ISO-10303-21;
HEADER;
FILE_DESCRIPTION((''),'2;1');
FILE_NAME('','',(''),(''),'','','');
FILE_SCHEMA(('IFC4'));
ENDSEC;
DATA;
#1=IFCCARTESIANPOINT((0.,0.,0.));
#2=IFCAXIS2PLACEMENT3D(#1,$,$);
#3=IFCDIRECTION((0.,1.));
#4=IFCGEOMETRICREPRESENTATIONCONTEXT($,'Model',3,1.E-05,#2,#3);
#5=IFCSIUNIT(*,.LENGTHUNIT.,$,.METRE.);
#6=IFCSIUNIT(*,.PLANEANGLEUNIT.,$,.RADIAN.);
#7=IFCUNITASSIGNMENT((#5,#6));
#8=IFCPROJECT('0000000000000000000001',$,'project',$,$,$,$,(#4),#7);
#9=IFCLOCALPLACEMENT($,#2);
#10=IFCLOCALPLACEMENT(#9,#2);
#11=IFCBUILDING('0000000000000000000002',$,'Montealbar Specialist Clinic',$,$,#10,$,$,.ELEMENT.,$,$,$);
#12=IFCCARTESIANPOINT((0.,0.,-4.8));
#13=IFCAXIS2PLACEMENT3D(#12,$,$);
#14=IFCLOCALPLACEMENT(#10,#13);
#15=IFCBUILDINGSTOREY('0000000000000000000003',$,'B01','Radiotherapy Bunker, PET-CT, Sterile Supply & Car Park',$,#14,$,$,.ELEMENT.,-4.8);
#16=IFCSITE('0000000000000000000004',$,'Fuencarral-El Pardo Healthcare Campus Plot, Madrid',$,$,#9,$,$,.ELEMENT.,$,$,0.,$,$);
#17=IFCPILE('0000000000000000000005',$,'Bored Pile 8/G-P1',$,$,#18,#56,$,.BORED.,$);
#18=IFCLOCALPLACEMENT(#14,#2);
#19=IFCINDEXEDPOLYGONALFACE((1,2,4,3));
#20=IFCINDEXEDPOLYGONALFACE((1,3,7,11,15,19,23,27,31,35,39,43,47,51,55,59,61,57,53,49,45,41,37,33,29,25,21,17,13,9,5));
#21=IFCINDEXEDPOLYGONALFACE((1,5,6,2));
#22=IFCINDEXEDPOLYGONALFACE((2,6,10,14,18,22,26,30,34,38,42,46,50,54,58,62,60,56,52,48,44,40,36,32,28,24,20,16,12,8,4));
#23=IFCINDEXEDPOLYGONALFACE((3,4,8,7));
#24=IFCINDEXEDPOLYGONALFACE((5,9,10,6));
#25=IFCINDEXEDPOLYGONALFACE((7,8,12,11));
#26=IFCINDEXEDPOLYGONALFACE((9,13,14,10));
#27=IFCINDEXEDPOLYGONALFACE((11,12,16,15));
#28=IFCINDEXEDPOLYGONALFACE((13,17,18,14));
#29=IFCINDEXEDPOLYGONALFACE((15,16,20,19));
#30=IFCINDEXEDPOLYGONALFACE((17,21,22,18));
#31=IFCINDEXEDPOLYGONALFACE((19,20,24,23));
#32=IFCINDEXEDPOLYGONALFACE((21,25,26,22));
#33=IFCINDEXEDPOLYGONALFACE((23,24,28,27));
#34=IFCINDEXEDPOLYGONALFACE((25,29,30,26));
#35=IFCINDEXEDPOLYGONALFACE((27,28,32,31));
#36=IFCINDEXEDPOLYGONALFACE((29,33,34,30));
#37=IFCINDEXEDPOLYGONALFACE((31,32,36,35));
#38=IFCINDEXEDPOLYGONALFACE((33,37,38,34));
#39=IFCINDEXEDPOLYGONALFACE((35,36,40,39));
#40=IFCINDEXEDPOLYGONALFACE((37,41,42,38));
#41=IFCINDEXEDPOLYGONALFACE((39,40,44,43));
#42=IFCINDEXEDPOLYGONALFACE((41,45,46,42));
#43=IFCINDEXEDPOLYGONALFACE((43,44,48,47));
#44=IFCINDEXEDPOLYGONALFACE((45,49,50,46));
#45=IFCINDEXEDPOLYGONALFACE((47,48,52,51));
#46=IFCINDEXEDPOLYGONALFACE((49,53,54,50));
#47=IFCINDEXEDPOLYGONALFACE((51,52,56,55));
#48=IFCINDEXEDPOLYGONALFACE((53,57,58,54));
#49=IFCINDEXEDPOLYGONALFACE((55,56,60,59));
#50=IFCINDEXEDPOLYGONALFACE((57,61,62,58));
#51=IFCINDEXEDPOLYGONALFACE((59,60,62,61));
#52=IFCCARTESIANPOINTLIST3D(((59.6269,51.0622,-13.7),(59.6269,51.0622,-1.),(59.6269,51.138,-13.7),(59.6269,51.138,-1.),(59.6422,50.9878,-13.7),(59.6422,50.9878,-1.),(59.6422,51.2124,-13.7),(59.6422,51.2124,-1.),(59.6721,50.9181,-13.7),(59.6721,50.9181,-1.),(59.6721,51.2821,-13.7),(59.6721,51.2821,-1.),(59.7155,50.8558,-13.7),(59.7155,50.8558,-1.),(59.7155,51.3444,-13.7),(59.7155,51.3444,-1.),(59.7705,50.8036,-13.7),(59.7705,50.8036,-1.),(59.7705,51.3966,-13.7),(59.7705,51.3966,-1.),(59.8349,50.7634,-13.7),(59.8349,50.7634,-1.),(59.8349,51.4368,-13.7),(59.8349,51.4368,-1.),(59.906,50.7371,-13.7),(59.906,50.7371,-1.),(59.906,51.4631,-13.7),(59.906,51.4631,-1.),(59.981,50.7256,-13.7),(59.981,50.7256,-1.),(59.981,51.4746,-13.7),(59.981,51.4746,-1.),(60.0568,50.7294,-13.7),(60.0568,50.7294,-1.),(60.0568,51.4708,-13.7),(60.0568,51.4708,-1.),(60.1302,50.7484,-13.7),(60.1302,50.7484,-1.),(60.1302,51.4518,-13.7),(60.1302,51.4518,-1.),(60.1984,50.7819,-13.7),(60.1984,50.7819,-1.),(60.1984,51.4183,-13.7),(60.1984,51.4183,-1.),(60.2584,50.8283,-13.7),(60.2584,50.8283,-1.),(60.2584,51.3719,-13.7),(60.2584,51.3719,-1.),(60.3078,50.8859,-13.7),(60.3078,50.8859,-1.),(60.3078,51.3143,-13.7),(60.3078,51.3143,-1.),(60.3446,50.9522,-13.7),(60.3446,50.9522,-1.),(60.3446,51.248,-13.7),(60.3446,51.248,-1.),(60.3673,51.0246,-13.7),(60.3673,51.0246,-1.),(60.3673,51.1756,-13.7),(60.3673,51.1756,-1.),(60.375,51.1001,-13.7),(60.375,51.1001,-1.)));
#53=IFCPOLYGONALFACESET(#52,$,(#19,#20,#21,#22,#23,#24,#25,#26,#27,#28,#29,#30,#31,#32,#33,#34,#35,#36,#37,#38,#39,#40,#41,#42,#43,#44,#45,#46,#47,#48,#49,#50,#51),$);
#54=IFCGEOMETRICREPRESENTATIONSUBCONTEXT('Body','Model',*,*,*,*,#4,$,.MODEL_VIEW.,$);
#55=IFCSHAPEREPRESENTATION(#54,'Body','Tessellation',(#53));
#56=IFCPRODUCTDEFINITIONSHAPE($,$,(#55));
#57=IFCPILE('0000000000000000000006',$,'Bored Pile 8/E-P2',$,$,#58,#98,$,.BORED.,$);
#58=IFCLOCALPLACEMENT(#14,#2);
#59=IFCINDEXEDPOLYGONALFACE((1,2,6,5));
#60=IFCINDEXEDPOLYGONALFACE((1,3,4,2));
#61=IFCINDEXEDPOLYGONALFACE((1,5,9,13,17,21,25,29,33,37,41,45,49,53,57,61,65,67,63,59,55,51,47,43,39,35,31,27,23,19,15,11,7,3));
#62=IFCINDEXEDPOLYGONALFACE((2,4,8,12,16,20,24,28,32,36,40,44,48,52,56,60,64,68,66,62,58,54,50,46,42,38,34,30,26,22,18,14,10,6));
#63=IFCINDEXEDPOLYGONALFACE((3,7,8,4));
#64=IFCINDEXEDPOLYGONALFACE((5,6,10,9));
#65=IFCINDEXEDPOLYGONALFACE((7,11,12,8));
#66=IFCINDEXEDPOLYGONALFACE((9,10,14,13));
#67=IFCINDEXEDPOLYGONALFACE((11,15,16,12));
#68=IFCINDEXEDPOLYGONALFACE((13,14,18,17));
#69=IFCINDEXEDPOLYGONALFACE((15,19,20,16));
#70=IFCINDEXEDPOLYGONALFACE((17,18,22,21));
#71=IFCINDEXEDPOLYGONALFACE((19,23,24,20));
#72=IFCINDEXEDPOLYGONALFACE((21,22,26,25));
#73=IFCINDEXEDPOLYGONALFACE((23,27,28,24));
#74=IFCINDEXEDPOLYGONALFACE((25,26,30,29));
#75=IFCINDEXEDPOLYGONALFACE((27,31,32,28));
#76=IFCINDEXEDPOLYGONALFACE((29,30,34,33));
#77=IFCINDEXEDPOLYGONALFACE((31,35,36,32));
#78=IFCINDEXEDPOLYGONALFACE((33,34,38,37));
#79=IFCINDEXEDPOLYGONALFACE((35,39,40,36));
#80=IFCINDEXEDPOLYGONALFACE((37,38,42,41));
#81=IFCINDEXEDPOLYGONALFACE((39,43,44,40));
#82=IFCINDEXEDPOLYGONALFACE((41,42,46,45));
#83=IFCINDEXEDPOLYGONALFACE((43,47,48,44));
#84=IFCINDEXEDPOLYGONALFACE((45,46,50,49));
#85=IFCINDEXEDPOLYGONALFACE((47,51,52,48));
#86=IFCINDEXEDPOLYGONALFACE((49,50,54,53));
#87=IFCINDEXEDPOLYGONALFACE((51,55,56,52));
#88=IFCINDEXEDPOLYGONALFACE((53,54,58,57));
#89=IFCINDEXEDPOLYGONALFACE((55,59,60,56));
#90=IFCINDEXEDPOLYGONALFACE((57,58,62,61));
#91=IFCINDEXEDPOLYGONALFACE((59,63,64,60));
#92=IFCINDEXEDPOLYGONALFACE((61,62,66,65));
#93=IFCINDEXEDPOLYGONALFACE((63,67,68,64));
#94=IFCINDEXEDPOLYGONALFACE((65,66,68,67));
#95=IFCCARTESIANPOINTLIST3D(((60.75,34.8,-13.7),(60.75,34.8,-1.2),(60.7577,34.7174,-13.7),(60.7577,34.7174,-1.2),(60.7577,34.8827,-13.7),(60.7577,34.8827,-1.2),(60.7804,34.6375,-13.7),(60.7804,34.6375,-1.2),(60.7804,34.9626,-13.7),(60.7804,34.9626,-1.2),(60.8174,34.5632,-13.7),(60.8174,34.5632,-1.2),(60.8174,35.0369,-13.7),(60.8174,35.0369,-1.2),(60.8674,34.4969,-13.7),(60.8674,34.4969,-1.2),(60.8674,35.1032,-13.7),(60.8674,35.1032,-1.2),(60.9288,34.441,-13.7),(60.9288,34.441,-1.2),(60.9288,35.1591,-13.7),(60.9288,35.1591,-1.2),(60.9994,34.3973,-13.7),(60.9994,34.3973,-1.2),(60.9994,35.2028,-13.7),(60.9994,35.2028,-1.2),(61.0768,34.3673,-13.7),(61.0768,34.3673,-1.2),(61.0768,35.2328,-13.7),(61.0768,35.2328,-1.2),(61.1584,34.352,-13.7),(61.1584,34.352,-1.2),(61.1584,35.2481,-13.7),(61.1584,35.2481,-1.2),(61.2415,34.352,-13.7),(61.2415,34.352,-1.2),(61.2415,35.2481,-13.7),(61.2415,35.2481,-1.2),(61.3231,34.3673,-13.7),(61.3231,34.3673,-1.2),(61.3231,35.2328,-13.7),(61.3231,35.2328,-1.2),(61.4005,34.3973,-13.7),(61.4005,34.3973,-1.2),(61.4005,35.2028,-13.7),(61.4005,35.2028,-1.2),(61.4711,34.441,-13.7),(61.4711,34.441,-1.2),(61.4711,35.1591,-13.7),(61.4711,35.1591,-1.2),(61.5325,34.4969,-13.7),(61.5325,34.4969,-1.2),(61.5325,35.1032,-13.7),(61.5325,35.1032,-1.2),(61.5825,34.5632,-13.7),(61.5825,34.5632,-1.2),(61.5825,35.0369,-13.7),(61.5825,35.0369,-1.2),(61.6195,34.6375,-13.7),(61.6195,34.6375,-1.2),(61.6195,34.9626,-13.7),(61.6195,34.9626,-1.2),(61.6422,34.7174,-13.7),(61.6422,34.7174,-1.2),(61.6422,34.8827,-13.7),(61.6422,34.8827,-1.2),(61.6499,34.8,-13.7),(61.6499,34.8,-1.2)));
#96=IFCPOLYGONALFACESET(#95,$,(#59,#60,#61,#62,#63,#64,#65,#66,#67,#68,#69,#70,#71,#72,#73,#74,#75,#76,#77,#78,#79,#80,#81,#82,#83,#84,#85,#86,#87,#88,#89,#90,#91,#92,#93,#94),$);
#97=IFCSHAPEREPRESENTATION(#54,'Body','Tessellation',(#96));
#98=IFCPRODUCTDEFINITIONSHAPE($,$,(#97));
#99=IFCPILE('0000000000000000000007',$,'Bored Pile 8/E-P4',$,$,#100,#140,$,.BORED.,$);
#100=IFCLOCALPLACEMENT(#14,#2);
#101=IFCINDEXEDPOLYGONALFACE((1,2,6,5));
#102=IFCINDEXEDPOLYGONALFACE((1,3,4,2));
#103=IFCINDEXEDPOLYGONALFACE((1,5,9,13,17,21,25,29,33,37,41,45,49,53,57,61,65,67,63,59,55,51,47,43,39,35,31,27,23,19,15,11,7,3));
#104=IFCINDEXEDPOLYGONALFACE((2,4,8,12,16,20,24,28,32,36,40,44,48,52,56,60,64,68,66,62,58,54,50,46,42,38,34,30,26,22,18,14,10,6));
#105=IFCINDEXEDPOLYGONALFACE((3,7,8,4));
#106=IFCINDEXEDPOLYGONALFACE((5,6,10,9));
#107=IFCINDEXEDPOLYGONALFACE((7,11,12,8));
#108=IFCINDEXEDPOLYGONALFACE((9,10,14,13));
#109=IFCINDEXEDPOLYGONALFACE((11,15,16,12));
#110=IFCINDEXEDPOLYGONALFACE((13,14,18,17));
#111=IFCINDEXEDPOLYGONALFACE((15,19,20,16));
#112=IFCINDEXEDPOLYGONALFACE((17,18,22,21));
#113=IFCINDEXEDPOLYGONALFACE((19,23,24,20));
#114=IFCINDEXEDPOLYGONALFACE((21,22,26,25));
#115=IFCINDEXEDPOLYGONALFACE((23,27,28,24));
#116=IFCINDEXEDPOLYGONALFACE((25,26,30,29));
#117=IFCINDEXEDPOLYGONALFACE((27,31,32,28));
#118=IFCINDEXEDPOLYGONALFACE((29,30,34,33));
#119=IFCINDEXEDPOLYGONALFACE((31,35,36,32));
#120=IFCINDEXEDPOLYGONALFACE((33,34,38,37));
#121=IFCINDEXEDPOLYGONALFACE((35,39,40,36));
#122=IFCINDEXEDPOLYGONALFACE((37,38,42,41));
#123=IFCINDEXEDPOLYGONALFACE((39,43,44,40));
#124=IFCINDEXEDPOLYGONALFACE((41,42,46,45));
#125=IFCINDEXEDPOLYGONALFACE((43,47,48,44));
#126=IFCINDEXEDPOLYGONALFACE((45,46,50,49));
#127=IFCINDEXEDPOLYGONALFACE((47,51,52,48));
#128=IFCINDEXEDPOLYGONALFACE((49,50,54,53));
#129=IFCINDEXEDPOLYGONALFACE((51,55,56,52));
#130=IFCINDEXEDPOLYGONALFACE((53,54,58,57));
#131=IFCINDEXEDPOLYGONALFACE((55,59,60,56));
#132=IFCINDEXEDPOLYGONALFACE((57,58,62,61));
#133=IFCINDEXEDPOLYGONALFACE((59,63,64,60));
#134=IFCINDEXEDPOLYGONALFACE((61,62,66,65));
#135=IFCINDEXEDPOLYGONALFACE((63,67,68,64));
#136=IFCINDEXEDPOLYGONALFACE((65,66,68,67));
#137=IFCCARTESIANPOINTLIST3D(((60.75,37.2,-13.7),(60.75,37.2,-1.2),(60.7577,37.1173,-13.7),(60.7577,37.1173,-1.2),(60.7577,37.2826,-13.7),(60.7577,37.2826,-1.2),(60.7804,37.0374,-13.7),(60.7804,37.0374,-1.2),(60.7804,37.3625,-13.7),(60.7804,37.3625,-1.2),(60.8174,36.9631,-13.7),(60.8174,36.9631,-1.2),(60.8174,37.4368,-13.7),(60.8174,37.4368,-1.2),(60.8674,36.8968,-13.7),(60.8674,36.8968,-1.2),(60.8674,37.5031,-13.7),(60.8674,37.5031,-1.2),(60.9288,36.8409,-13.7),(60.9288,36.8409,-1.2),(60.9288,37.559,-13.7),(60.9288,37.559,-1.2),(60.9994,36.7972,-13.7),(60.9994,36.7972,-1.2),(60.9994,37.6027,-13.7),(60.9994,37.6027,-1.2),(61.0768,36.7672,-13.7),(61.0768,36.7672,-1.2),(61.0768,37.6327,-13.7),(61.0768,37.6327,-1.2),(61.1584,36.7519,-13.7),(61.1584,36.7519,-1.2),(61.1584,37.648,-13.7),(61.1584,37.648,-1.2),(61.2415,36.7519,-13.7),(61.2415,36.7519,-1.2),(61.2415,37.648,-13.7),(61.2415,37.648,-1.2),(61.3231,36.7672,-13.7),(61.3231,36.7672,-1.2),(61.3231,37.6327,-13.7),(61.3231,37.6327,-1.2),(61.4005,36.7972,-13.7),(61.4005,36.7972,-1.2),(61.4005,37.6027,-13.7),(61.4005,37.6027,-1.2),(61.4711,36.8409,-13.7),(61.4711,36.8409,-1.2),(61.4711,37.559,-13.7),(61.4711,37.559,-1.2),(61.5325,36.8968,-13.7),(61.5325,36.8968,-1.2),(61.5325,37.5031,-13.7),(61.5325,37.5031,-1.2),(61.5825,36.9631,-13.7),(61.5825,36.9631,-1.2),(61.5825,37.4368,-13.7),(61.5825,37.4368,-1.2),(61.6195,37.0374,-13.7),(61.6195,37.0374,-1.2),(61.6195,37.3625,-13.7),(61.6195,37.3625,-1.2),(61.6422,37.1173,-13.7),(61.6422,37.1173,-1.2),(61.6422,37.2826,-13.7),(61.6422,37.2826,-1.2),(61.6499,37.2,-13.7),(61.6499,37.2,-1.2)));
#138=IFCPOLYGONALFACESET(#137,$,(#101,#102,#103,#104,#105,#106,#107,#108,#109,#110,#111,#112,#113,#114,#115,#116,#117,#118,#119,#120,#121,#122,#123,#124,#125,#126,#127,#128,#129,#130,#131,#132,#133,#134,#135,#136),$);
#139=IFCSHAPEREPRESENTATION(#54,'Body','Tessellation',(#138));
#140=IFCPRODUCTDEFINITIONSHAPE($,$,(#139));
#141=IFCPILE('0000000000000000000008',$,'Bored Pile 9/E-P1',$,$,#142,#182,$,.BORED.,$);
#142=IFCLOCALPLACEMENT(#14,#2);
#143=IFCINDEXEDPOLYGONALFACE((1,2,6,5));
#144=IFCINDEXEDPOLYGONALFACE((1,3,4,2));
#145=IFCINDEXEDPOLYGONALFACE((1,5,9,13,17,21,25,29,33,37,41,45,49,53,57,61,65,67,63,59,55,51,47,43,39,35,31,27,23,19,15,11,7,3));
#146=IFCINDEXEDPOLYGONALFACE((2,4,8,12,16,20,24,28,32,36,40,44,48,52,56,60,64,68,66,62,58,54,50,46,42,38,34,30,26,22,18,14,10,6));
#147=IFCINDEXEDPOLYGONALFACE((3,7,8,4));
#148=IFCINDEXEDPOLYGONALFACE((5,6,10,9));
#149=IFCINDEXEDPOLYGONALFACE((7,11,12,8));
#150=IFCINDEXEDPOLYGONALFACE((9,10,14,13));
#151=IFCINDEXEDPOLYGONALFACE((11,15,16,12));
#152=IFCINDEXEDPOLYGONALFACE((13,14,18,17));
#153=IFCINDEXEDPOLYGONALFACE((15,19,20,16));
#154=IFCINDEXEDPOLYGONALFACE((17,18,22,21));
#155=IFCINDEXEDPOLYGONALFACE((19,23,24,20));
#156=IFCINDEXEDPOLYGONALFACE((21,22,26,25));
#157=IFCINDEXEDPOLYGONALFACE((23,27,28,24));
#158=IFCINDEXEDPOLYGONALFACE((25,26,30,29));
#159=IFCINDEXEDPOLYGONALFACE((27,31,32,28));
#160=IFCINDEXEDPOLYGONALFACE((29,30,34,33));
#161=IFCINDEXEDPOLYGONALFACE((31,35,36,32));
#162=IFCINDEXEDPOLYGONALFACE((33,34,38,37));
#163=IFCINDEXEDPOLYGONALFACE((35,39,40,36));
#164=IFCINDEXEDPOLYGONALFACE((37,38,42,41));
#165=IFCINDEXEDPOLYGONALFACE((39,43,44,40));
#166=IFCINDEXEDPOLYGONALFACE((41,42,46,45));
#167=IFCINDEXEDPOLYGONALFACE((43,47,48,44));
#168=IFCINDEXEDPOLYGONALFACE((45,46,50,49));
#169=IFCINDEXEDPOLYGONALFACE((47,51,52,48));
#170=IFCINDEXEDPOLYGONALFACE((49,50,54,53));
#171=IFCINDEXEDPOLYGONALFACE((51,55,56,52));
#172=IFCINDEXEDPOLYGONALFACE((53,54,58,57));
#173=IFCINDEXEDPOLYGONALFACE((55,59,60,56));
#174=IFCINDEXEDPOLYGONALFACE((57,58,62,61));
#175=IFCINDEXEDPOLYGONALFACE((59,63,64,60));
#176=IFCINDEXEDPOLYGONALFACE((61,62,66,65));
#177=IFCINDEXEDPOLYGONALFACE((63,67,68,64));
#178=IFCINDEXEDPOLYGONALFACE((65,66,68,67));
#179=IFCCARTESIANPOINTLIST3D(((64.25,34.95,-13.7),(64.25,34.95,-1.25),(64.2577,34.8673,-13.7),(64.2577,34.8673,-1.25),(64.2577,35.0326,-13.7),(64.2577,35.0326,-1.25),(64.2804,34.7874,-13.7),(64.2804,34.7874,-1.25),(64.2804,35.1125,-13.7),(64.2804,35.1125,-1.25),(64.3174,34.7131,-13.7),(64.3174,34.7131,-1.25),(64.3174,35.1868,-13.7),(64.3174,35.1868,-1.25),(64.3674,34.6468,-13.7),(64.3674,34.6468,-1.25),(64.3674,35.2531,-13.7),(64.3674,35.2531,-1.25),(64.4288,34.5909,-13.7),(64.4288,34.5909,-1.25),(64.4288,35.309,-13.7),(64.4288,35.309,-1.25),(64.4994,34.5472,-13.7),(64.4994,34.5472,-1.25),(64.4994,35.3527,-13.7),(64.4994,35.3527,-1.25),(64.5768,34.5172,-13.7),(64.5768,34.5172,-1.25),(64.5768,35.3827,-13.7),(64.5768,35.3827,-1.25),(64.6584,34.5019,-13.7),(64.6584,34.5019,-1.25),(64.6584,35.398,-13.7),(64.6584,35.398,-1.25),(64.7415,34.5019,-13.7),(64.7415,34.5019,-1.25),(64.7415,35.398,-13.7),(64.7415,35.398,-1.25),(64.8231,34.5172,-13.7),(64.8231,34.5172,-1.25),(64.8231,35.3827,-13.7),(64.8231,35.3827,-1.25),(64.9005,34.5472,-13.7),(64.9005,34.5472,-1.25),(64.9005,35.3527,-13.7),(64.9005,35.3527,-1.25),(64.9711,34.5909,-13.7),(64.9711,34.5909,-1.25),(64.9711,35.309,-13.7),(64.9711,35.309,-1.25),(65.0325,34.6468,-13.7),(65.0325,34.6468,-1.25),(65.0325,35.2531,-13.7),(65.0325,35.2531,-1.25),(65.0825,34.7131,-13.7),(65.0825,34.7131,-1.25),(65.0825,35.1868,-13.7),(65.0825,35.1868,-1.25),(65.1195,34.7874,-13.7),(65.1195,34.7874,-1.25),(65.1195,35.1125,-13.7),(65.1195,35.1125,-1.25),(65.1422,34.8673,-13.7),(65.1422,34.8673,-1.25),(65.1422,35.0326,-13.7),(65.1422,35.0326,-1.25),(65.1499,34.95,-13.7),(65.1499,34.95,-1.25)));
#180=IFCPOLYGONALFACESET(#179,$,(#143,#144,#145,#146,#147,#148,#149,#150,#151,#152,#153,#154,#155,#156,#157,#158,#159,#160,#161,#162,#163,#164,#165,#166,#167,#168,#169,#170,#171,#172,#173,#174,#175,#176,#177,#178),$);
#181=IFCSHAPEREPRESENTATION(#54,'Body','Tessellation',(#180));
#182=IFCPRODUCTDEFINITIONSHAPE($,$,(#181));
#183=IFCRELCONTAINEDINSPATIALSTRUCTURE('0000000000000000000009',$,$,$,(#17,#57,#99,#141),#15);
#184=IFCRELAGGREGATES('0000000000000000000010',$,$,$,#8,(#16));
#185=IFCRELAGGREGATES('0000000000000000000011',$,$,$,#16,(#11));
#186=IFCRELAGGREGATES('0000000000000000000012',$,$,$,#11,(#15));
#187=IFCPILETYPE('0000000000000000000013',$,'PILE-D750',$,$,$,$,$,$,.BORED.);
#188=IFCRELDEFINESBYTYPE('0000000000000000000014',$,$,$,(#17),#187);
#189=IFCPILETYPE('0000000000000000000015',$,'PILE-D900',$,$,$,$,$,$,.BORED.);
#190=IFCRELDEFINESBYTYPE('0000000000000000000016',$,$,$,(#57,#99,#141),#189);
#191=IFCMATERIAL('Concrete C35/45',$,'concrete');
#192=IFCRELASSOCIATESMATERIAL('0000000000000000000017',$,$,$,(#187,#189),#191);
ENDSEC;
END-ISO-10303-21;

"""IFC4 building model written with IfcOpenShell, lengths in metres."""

from ifc_helpers import new_model, si_unit, direction, frame, origin, origin_2d, place, context, subcontext, project, spatial, circle, extrude, material, material_profile, profile_set, type_object, element, save


model = new_model("IFC4")

# Units and contexts
model_context = context("Model", 3, precision=1e-05, world=origin(), true_north=direction((0.0, 1.0)))
body_context = subcontext(model_context, "Body", "Model", "MODEL_VIEW")
ifc_project = project(units=[si_unit("LENGTHUNIT", "METRE"), si_unit("PLANEANGLEUNIT", "RADIAN")], contexts=[model_context])

# Site, building, storey
site_placement = place(None, origin())
site = spatial("IfcSite", under=ifc_project, at=site_placement, Name="Fuencarral-El Pardo Healthcare Campus Plot, Madrid", CompositionType="ELEMENT", RefElevation=0.0)
building_placement = place(site_placement, origin())
building = spatial("IfcBuilding", under=site, at=building_placement, Name="Montealbar Specialist Clinic", CompositionType="ELEMENT")
storey_placement = place(building_placement, frame((0.0, 0.0, -4.8)))
storey = spatial("IfcBuildingStorey", under=building, at=storey_placement, Name="B01", Description="Radiotherapy Bunker, PET-CT, Sterile Supply & Car Park", CompositionType="ELEMENT", Elevation=-4.8)

# Shared definitions
ifc_material_1 = material(Name="Concrete C35/45", Category="concrete")

# Piles
ifc_material_profile_1 = material_profile(ifc_material_1, circle(Radius=0.375, at=origin_2d()), Name="PILE D750", Category="concrete")
ifc_profile_set_1 = profile_set([ifc_material_profile_1], Name="Concrete C35/45")
pile_type_1 = type_object("IfcPileType", Name="PILE-D750", PredefinedType="BORED", material=ifc_profile_set_1)
pile_1_placement = place(storey_placement, frame((60.0, 51.1001, -1.0), z_axis=(0.0, 0.0, -1.0), x_axis=(1.0, 0.0, 0.0)))
element("IfcPile", 1, at=pile_1_placement, inside=storey, type_object=pile_type_1, Name="Bored Pile 8/G-P1", PredefinedType="BORED", context=body_context, shape_type="SweptSolid", body=[
    extrude(circle(Radius=0.375, at=origin_2d()), origin(), (0.0, 0.0, 1.0), 12.7),
])
ifc_material_profile_2 = material_profile(ifc_material_1, circle(Radius=0.45, at=origin_2d()), Name="PILE D900", Category="concrete")
ifc_profile_set_2 = profile_set([ifc_material_profile_2], Name="Concrete C35/45")
pile_type_2 = type_object("IfcPileType", Name="PILE-D900", PredefinedType="BORED", material=ifc_profile_set_2)
for number, where, z_axis, x_axis, name in (
    (2, (61.2, 34.8, -1.2), (0.0, 0.0, -1.0), (1.0, 0.0, 0.0), "Bored Pile 8/E-P2"),
    (3, (61.2, 37.2, -1.2), (0.0, 0.0, -1.0), (1.0, 0.0, 0.0), "Bored Pile 8/E-P4"),
):
    element("IfcPile", number, at=place(storey_placement, frame(where, z_axis=z_axis, x_axis=x_axis)), inside=storey, type_object=pile_type_2, Name=name, PredefinedType="BORED", context=body_context, shape_type="SweptSolid", body=[
        extrude(circle(Radius=0.45, at=origin_2d()), origin(), (0.0, 0.0, 1.0), 12.5),
    ])
for number, where, z_axis, x_axis, name in (
    (4, (64.7, 34.95, -1.25), (0.0, 0.0, -1.0), (1.0, 0.0, 0.0), "Bored Pile 9/E-P1"),
):
    element("IfcPile", number, at=place(storey_placement, frame(where, z_axis=z_axis, x_axis=x_axis)), inside=storey, type_object=pile_type_2, Name=name, PredefinedType="BORED", context=body_context, shape_type="SweptSolid", body=[
        extrude(circle(Radius=0.45, at=origin_2d()), origin(), (0.0, 0.0, 1.0), 12.45),
    ])

save(model, "model.ifc")
